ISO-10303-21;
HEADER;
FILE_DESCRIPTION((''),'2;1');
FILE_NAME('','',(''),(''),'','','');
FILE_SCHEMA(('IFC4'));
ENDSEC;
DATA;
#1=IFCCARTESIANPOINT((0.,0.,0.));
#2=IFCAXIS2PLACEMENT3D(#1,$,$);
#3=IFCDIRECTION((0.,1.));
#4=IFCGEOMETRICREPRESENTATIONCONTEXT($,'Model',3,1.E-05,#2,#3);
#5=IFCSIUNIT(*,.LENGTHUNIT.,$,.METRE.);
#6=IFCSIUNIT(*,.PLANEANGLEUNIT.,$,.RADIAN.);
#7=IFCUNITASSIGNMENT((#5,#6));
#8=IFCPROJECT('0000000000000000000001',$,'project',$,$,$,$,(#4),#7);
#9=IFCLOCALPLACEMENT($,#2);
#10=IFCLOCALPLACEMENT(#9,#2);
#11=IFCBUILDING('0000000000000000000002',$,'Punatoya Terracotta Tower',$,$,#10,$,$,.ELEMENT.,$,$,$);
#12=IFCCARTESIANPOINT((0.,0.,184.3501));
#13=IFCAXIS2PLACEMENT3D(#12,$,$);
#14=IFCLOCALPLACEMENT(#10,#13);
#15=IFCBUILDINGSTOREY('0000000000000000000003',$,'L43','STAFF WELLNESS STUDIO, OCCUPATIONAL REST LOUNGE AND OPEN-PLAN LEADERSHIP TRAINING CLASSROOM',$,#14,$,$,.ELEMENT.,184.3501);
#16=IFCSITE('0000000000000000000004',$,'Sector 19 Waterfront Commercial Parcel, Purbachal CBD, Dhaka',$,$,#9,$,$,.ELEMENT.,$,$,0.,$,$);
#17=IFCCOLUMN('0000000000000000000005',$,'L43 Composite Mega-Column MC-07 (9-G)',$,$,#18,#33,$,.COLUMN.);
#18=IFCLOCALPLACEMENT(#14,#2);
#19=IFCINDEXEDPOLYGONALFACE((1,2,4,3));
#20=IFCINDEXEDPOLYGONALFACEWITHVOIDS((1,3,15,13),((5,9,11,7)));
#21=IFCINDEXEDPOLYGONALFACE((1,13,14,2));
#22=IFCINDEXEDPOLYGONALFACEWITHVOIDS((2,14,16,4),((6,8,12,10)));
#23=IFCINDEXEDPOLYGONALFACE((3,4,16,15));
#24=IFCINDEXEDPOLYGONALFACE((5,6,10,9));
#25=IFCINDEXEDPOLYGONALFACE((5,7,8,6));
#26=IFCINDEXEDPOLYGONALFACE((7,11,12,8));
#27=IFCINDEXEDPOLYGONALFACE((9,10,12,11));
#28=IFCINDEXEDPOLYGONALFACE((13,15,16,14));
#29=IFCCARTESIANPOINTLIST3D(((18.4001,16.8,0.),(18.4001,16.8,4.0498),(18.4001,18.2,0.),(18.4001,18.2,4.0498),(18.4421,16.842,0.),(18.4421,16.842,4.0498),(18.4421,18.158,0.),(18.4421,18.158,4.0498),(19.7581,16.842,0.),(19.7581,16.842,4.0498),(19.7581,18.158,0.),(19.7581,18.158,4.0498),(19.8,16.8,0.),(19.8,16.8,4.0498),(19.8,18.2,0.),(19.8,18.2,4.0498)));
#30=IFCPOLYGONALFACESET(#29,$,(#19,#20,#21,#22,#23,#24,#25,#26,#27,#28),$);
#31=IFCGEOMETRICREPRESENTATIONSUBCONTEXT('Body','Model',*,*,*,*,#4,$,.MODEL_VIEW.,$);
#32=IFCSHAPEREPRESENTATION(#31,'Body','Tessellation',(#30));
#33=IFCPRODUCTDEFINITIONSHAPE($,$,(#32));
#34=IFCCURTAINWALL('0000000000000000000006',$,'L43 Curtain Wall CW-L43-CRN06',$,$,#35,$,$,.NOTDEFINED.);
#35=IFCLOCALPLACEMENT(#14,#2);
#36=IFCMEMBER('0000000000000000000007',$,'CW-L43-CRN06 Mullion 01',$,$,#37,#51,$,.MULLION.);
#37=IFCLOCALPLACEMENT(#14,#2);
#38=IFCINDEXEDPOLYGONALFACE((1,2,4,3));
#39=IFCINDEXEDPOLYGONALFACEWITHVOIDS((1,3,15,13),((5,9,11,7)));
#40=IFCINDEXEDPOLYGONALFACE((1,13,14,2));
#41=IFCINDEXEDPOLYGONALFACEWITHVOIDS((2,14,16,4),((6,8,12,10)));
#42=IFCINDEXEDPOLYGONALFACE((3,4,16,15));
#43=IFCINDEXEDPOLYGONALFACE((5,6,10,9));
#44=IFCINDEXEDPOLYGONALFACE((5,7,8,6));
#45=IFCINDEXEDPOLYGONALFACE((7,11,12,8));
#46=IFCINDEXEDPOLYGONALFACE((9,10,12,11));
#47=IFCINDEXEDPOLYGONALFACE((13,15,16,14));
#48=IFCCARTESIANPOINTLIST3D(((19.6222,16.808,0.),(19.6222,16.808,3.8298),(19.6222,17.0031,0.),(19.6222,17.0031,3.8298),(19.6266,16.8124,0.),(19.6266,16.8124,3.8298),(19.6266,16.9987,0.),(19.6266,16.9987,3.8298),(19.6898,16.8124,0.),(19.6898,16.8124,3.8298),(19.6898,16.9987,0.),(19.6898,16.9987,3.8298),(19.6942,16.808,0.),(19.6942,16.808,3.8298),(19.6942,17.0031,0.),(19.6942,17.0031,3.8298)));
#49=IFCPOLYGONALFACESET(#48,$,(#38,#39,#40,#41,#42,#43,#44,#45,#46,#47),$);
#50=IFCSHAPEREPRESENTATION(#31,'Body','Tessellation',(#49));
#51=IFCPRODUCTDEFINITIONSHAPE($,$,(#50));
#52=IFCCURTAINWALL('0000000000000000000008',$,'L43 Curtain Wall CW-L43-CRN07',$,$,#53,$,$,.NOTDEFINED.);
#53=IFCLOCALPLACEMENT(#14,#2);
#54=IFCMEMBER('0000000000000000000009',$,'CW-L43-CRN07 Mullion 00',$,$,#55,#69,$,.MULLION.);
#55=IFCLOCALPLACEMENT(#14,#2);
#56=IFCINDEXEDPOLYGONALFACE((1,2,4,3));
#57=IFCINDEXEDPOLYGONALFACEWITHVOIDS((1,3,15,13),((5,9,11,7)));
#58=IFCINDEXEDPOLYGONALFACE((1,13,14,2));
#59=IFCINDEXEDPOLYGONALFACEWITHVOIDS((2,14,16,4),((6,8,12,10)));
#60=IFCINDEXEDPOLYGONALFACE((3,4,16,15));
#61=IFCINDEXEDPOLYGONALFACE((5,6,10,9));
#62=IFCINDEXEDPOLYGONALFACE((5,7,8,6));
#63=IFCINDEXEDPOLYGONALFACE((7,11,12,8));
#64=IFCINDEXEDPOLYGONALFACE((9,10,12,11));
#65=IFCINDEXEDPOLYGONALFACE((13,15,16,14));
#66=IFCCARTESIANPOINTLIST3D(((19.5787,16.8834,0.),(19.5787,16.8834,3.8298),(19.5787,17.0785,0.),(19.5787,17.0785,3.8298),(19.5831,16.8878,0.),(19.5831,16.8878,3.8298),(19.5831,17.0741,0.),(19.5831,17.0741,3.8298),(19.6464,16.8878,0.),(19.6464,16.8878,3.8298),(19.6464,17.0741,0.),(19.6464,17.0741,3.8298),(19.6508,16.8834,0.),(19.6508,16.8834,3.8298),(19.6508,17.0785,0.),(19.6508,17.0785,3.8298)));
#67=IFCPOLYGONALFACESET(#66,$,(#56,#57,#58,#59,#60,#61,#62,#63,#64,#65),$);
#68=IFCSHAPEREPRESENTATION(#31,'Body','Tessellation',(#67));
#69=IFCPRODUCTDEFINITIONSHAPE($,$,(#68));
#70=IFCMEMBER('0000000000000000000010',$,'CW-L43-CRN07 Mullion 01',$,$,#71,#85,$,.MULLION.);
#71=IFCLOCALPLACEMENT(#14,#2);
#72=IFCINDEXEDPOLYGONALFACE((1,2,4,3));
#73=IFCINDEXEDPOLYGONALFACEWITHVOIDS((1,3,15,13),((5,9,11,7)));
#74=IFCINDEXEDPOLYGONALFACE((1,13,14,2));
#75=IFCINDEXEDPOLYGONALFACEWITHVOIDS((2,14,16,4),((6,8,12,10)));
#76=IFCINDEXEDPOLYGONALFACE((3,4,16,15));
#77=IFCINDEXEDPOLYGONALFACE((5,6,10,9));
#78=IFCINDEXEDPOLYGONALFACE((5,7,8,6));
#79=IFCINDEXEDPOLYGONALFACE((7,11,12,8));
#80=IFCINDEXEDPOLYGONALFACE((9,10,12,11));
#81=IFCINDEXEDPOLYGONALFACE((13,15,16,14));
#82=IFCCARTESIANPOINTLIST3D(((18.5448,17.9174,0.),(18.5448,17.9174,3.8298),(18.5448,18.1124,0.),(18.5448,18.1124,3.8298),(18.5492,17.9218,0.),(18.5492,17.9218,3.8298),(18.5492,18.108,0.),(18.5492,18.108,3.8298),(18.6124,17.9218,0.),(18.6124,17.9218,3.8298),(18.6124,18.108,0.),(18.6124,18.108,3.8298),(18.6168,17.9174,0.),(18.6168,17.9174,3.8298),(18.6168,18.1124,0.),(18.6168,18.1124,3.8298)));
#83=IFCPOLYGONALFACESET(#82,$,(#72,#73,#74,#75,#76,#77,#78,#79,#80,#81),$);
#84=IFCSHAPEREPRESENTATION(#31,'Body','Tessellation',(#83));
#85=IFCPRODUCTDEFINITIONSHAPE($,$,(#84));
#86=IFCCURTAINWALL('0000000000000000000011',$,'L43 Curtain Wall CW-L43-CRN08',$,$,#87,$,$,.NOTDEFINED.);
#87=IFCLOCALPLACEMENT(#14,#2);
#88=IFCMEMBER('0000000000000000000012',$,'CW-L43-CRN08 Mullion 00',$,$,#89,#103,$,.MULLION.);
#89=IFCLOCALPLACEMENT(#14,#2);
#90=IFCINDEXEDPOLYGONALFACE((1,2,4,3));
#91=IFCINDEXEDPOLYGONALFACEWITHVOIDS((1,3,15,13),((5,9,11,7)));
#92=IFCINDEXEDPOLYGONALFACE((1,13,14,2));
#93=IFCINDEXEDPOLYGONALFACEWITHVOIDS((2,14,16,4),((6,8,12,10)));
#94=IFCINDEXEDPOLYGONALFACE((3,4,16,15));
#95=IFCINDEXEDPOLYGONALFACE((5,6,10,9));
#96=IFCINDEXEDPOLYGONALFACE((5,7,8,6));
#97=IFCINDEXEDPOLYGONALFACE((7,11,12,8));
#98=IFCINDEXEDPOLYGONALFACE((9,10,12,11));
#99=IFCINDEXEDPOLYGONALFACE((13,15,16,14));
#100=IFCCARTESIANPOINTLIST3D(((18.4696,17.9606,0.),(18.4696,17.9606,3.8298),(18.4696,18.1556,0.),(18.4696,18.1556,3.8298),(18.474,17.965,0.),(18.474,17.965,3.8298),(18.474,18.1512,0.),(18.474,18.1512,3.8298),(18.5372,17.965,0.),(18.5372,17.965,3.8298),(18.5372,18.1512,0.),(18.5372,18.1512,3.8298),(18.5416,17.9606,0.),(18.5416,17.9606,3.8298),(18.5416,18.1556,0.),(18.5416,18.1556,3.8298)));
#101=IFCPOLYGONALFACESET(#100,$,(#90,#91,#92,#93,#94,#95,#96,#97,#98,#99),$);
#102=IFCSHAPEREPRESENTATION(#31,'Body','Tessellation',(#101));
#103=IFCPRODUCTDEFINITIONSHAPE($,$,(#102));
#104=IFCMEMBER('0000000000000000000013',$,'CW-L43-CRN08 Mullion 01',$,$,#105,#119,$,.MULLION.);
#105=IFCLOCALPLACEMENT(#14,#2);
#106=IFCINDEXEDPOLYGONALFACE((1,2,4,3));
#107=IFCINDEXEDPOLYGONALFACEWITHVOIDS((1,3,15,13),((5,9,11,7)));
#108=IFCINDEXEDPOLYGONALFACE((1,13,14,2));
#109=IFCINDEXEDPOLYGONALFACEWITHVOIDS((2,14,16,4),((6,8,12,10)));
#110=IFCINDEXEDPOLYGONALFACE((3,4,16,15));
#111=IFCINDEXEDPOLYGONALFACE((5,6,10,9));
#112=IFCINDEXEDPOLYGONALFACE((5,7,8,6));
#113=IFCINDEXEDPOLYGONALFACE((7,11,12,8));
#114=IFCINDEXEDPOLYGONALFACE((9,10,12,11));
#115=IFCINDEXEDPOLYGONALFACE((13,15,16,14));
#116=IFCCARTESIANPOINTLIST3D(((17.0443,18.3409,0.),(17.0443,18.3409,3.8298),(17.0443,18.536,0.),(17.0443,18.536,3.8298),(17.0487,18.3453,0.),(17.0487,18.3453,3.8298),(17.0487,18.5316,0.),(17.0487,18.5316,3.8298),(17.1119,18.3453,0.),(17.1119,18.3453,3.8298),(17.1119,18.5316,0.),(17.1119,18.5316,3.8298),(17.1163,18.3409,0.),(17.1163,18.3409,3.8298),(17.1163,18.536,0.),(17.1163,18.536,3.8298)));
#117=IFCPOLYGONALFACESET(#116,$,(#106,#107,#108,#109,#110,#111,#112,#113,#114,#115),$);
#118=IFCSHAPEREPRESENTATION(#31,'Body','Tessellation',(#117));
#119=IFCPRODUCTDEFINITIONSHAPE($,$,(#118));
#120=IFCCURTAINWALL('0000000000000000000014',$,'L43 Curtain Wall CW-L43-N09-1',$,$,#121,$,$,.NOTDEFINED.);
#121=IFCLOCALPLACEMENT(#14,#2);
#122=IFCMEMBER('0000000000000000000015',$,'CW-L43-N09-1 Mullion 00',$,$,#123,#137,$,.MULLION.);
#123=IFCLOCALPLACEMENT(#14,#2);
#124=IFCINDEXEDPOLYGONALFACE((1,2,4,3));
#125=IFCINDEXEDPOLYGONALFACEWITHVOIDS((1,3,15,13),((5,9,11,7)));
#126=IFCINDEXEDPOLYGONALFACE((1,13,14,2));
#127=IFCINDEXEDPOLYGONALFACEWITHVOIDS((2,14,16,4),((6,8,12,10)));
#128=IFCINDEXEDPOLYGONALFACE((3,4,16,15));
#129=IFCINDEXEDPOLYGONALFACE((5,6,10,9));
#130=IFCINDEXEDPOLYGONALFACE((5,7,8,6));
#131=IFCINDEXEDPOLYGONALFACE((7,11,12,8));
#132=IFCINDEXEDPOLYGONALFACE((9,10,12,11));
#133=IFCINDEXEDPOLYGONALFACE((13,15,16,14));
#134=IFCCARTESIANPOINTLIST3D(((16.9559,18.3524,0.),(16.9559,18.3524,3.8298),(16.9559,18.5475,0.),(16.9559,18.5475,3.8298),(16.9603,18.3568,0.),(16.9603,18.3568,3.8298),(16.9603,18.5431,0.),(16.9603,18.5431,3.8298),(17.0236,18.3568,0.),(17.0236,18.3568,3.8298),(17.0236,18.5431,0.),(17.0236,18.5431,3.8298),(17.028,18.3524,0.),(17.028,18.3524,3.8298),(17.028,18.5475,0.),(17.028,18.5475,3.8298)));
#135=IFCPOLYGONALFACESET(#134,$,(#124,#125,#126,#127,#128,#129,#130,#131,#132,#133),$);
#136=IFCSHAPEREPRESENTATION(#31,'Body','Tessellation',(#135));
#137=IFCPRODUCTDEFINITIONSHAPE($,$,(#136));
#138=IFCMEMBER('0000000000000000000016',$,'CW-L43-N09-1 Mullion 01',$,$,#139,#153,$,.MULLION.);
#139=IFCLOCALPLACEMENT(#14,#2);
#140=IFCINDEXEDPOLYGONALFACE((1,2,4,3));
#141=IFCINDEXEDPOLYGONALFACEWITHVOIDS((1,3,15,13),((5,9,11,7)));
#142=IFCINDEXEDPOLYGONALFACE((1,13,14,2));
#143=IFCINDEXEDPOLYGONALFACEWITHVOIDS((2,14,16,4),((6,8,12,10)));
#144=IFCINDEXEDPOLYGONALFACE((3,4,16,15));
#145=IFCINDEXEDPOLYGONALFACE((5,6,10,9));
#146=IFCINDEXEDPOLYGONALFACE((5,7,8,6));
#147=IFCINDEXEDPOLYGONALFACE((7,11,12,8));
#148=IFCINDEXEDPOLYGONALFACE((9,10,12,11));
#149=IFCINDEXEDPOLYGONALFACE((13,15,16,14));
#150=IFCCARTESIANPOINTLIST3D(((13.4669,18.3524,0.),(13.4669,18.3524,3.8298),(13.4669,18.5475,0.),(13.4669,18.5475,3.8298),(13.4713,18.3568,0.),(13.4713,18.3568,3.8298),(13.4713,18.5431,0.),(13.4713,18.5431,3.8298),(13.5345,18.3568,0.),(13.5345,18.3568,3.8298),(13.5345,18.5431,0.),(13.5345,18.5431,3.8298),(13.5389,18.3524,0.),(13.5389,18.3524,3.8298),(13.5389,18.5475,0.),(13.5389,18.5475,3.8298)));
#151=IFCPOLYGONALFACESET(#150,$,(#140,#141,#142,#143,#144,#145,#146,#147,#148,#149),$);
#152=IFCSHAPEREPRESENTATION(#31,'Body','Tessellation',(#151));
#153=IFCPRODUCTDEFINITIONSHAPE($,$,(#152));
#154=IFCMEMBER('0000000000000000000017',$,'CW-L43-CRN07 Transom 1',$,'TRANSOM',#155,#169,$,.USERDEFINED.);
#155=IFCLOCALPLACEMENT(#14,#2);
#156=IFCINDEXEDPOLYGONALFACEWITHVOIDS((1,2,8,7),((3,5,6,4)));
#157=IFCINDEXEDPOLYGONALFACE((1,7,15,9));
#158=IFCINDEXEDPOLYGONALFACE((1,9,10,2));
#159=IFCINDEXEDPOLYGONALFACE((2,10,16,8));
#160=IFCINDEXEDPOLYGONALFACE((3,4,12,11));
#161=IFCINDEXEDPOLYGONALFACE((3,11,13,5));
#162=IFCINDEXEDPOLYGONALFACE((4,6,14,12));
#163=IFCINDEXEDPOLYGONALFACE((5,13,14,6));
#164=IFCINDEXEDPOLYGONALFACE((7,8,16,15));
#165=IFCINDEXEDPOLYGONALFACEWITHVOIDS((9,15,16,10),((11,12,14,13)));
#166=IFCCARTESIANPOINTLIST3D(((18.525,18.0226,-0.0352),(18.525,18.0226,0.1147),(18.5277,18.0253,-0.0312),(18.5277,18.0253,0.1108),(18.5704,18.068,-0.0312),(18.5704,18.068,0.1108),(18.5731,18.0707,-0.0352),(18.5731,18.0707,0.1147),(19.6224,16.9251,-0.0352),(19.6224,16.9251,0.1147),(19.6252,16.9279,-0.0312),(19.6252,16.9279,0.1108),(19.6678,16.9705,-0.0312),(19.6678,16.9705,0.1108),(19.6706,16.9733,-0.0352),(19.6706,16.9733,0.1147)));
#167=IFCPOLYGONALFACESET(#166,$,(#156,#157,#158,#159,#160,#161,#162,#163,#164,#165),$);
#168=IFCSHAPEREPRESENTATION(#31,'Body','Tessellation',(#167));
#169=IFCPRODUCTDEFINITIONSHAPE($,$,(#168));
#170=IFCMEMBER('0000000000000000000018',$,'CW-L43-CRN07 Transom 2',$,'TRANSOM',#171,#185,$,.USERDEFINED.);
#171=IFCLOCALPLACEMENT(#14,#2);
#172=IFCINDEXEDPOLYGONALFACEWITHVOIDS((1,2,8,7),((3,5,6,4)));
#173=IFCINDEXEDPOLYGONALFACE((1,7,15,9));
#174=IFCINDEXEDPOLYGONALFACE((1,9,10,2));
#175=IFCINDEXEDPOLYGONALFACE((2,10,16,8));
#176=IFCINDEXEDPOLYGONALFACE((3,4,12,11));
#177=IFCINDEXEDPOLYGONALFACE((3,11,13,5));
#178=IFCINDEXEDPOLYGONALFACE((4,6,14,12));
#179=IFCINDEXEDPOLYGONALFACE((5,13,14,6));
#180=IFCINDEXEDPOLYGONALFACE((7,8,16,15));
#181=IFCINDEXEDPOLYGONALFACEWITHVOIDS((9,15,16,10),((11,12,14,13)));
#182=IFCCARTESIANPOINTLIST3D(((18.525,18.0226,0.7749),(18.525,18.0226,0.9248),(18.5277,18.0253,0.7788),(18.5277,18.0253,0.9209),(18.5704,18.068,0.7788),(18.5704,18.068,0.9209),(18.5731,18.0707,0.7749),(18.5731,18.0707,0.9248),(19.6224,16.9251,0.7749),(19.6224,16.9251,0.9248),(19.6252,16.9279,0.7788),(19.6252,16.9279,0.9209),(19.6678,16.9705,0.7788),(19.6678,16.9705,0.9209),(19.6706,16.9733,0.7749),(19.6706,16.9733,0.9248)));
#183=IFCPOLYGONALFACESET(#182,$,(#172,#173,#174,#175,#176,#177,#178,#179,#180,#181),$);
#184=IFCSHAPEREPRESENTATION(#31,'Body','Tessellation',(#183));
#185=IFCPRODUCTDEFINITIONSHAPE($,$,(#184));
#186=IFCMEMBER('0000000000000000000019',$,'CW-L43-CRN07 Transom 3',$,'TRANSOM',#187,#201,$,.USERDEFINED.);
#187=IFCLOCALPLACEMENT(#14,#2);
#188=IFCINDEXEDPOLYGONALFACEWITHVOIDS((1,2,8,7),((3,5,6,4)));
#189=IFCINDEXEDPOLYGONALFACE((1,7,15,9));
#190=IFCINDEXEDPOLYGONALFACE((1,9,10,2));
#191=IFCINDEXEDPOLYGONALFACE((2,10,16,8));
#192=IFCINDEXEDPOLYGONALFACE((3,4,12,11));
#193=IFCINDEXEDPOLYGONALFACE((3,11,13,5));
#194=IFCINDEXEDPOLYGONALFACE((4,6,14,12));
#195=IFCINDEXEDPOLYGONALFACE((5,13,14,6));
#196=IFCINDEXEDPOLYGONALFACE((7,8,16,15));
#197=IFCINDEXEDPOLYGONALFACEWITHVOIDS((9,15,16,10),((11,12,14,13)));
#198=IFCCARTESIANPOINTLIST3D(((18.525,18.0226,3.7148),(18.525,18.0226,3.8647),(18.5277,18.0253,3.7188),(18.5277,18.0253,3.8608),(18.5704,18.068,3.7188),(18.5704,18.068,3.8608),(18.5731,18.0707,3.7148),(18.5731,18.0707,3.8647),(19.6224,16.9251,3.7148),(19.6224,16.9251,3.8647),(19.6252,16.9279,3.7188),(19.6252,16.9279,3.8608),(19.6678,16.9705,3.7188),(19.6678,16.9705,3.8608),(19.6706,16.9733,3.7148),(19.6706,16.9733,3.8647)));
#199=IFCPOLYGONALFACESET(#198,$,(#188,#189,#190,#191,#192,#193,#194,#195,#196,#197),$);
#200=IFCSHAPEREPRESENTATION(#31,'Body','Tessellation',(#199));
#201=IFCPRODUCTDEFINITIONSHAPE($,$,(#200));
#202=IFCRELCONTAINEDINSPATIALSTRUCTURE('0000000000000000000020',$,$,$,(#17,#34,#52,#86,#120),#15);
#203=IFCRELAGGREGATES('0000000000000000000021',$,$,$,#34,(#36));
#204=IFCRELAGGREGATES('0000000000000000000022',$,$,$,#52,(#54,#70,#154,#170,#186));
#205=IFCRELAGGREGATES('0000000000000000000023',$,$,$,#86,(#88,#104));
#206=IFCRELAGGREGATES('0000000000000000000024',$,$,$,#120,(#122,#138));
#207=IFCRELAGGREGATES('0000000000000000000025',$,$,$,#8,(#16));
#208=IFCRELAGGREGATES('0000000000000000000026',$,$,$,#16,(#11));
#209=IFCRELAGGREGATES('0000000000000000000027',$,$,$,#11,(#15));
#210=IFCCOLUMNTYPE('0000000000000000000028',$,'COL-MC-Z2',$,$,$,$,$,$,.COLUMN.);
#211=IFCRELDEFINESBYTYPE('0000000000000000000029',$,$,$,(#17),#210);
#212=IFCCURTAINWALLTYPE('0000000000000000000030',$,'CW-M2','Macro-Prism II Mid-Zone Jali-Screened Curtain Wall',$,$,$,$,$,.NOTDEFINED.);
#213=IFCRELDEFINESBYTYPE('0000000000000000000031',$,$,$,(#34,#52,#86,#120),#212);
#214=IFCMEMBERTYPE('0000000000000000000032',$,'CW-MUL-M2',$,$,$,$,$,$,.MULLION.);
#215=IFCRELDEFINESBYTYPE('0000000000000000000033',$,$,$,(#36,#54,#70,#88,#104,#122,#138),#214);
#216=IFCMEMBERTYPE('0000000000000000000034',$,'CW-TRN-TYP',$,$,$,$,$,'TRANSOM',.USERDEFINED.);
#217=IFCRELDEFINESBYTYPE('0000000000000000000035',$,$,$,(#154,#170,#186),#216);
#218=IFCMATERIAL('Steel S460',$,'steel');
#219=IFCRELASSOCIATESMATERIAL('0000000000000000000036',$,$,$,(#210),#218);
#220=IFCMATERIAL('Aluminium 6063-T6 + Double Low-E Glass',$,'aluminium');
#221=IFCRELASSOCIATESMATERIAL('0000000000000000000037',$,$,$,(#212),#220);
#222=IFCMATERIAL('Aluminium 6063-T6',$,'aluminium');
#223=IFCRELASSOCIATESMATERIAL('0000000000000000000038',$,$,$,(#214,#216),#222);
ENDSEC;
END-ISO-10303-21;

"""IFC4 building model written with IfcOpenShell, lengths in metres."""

from ifc_helpers import new_model, si_unit, direction, frame, origin, origin_2d, place, context, subcontext, project, spatial, hollow_rectangle, extrude, material, material_profile, profile_set, type_object, element, aggregate, save


model = new_model("IFC4")

# Units and contexts
model_context = context("Model", 3, precision=1e-05, world=origin(), true_north=direction((0.0, 1.0)))
body_context = subcontext(model_context, "Body", "Model", "MODEL_VIEW")
ifc_project = project(units=[si_unit("LENGTHUNIT", "METRE"), si_unit("PLANEANGLEUNIT", "RADIAN")], contexts=[model_context])

# Site, building, storey
site_placement = place(None, origin())
site = spatial("IfcSite", under=ifc_project, at=site_placement, Name="Sector 19 Waterfront Commercial Parcel, Purbachal CBD, Dhaka", CompositionType="ELEMENT", RefElevation=0.0)
building_placement = place(site_placement, origin())
building = spatial("IfcBuilding", under=site, at=building_placement, Name="Punatoya Terracotta Tower", CompositionType="ELEMENT")
storey_placement = place(building_placement, frame((0.0, 0.0, 184.3501)))
storey = spatial("IfcBuildingStorey", under=building, at=storey_placement, Name="L43", Description="STAFF WELLNESS STUDIO, OCCUPATIONAL REST LOUNGE AND OPEN-PLAN LEADERSHIP TRAINING CLASSROOM", CompositionType="ELEMENT", Elevation=184.3501)

# Column
ifc_material_1 = material(Name="Steel S460", Category="steel")
ifc_material_profile_1 = material_profile(ifc_material_1, hollow_rectangle(XDim=1.3999, YDim=1.3999, WallThickness=0.042, at=origin_2d()))
ifc_profile_set_1 = profile_set([ifc_material_profile_1], Name="Steel S460")
column_type = type_object("IfcColumnType", Name="COL-MC-Z2", PredefinedType="COLUMN", material=ifc_profile_set_1)
column_placement = place(storey_placement, frame((19.1001, 17.5, 0.0), z_axis=(0.0, 0.0, 1.0), x_axis=(1.0, 0.0, 0.0)))
element("IfcColumn", 1, at=column_placement, inside=storey, type_object=column_type, Name="L43 Composite Mega-Column MC-07 (9-G)", PredefinedType="COLUMN", context=body_context, shape_type="SweptSolid", body=[
    extrude(hollow_rectangle(XDim=1.3999, YDim=1.3999, WallThickness=0.042, at=origin_2d()), origin(), (0.0, 0.0, 1.0), 4.0498),
])

# Curtain wall, member
ifc_material_2 = material(Name="Aluminium 6063-T6 + Double Low-E Glass", Category="aluminium")
curtain_wall_type = type_object("IfcCurtainWallType", Name="CW-M2", Description="Macro-Prism II Mid-Zone Jali-Screened Curtain Wall", PredefinedType="NOTDEFINED", material=ifc_material_2)
curtain_wall_1_placement = place(storey_placement, origin())
curtain_wall_1 = element("IfcCurtainWall", 2, at=curtain_wall_1_placement, inside=storey, type_object=curtain_wall_type, Name="L43 Curtain Wall CW-L43-CRN06", PredefinedType="NOTDEFINED")
ifc_material_3 = material(Name="Aluminium 6063-T6", Category="aluminium")
ifc_material_profile_2 = material_profile(ifc_material_3, hollow_rectangle(XDim=0.072, YDim=0.1951, WallThickness=0.0044, at=origin_2d()))
ifc_profile_set_2 = profile_set([ifc_material_profile_2], Name="Aluminium 6063-T6")
member_type_1 = type_object("IfcMemberType", Name="CW-MUL-M2", PredefinedType="MULLION", material=ifc_profile_set_2)
member_1_placement = place(storey_placement, frame((19.6582, 16.9055, 0.0), z_axis=(0.0, 0.0, 1.0), x_axis=(1.0, 0.0, 0.0)))
member_1 = element("IfcMember", 3, at=member_1_placement, type_object=member_type_1, Name="CW-L43-CRN06 Mullion 01", PredefinedType="MULLION", context=body_context, shape_type="SweptSolid", body=[
    extrude(hollow_rectangle(XDim=0.072, YDim=0.1951, WallThickness=0.0044, at=origin_2d()), origin(), (0.0, 0.0, 1.0), 3.8298),
])

# Curtain walls, members
curtain_wall_2_placement = place(storey_placement, origin())
curtain_wall_2 = element("IfcCurtainWall", 4, at=curtain_wall_2_placement, inside=storey, type_object=curtain_wall_type, Name="L43 Curtain Wall CW-L43-CRN07", PredefinedType="NOTDEFINED")
member_2_placement = place(storey_placement, frame((19.6147, 16.981, 0.0), z_axis=(0.0, 0.0, 1.0), x_axis=(1.0, 0.0, 0.0)))
member_2 = element("IfcMember", 5, at=member_2_placement, type_object=member_type_1, Name="CW-L43-CRN07 Mullion 00", PredefinedType="MULLION", context=body_context, shape_type="SweptSolid", body=[
    extrude(hollow_rectangle(XDim=0.072, YDim=0.1951, WallThickness=0.0044, at=origin_2d()), origin(), (0.0, 0.0, 1.0), 3.8298),
])
member_3_placement = place(storey_placement, frame((18.5808, 18.0149, 0.0), z_axis=(0.0, 0.0, 1.0), x_axis=(1.0, 0.0, 0.0)))
member_3 = element("IfcMember", 6, at=member_3_placement, type_object=member_type_1, Name="CW-L43-CRN07 Mullion 01", PredefinedType="MULLION", context=body_context, shape_type="SweptSolid", body=[
    extrude(hollow_rectangle(XDim=0.072, YDim=0.1951, WallThickness=0.0044, at=origin_2d()), origin(), (0.0, 0.0, 1.0), 3.8298),
])
curtain_wall_3_placement = place(storey_placement, origin())
curtain_wall_3 = element("IfcCurtainWall", 7, at=curtain_wall_3_placement, inside=storey, type_object=curtain_wall_type, Name="L43 Curtain Wall CW-L43-CRN08", PredefinedType="NOTDEFINED")
member_4_placement = place(storey_placement, frame((18.5056, 18.0581, 0.0), z_axis=(0.0, 0.0, 1.0), x_axis=(1.0, 0.0, 0.0)))
member_4 = element("IfcMember", 8, at=member_4_placement, type_object=member_type_1, Name="CW-L43-CRN08 Mullion 00", PredefinedType="MULLION", context=body_context, shape_type="SweptSolid", body=[
    extrude(hollow_rectangle(XDim=0.072, YDim=0.1951, WallThickness=0.0044, at=origin_2d()), origin(), (0.0, 0.0, 1.0), 3.8298),
])
member_5_placement = place(storey_placement, frame((17.0803, 18.4385, 0.0), z_axis=(0.0, 0.0, 1.0), x_axis=(1.0, 0.0, 0.0)))
member_5 = element("IfcMember", 9, at=member_5_placement, type_object=member_type_1, Name="CW-L43-CRN08 Mullion 01", PredefinedType="MULLION", context=body_context, shape_type="SweptSolid", body=[
    extrude(hollow_rectangle(XDim=0.072, YDim=0.1951, WallThickness=0.0044, at=origin_2d()), origin(), (0.0, 0.0, 1.0), 3.8298),
])
curtain_wall_4_placement = place(storey_placement, origin())
curtain_wall_4 = element("IfcCurtainWall", 10, at=curtain_wall_4_placement, inside=storey, type_object=curtain_wall_type, Name="L43 Curtain Wall CW-L43-N09-1", PredefinedType="NOTDEFINED")
member_6_placement = place(storey_placement, frame((16.9919, 18.45, 0.0), z_axis=(0.0, 0.0, 1.0), x_axis=(1.0, 0.0, 0.0)))
member_6 = element("IfcMember", 11, at=member_6_placement, type_object=member_type_1, Name="CW-L43-N09-1 Mullion 00", PredefinedType="MULLION", context=body_context, shape_type="SweptSolid", body=[
    extrude(hollow_rectangle(XDim=0.072, YDim=0.1951, WallThickness=0.0044, at=origin_2d()), origin(), (0.0, 0.0, 1.0), 3.8298),
])
member_7_placement = place(storey_placement, frame((13.5029, 18.45, 0.0), z_axis=(0.0, 0.0, 1.0), x_axis=(1.0, 0.0, 0.0)))
member_7 = element("IfcMember", 12, at=member_7_placement, type_object=member_type_1, Name="CW-L43-N09-1 Mullion 01", PredefinedType="MULLION", context=body_context, shape_type="SweptSolid", body=[
    extrude(hollow_rectangle(XDim=0.072, YDim=0.1951, WallThickness=0.0044, at=origin_2d()), origin(), (0.0, 0.0, 1.0), 3.8298),
])

# Members
ifc_material_profile_3 = material_profile(ifc_material_3, hollow_rectangle(XDim=0.0681, YDim=0.1499, WallThickness=0.0039, at=origin_2d()))
ifc_profile_set_3 = profile_set([ifc_material_profile_3], Name="Aluminium 6063-T6")
member_type_2 = type_object("IfcMemberType", Name="CW-TRN-TYP", ElementType="TRANSOM", PredefinedType="USERDEFINED", material=ifc_profile_set_3)
member_8_placement = place(storey_placement, frame((19.6465, 16.9492, 0.0398), z_axis=(-0.707107, 0.707107, 0.0), x_axis=(-0.707107, -0.707107, 0.0)))
member_8 = element("IfcMember", 13, at=member_8_placement, type_object=member_type_2, Name="CW-L43-CRN07 Transom 1", ObjectType="TRANSOM", PredefinedType="USERDEFINED", context=body_context, shape_type="SweptSolid", body=[
    extrude(hollow_rectangle(XDim=0.0681, YDim=0.1499, WallThickness=0.0039, at=origin_2d()), origin(), (0.0, 0.0, 1.0), 1.552),
])
member_9_placement = place(storey_placement, frame((19.6465, 16.9492, 0.8499), z_axis=(-0.707107, 0.707107, 0.0), x_axis=(-0.707107, -0.707107, 0.0)))
member_9 = element("IfcMember", 14, at=member_9_placement, type_object=member_type_2, Name="CW-L43-CRN07 Transom 2", ObjectType="TRANSOM", PredefinedType="USERDEFINED", context=body_context, shape_type="SweptSolid", body=[
    extrude(hollow_rectangle(XDim=0.0681, YDim=0.1499, WallThickness=0.0039, at=origin_2d()), origin(), (0.0, 0.0, 1.0), 1.552),
])
member_10_placement = place(storey_placement, frame((19.6465, 16.9492, 3.7898), z_axis=(-0.707107, 0.707107, 0.0), x_axis=(-0.707107, -0.707107, 0.0)))
member_10 = element("IfcMember", 15, at=member_10_placement, type_object=member_type_2, Name="CW-L43-CRN07 Transom 3", ObjectType="TRANSOM", PredefinedType="USERDEFINED", context=body_context, shape_type="SweptSolid", body=[
    extrude(hollow_rectangle(XDim=0.0681, YDim=0.1499, WallThickness=0.0039, at=origin_2d()), origin(), (0.0, 0.0, 1.0), 1.552),
])

aggregate(curtain_wall_1, [member_1])
aggregate(curtain_wall_2, [member_2, member_3, member_8, member_9, member_10])
aggregate(curtain_wall_3, [member_4, member_5])
aggregate(curtain_wall_4, [member_6, member_7])

save(model, "model.ifc")
